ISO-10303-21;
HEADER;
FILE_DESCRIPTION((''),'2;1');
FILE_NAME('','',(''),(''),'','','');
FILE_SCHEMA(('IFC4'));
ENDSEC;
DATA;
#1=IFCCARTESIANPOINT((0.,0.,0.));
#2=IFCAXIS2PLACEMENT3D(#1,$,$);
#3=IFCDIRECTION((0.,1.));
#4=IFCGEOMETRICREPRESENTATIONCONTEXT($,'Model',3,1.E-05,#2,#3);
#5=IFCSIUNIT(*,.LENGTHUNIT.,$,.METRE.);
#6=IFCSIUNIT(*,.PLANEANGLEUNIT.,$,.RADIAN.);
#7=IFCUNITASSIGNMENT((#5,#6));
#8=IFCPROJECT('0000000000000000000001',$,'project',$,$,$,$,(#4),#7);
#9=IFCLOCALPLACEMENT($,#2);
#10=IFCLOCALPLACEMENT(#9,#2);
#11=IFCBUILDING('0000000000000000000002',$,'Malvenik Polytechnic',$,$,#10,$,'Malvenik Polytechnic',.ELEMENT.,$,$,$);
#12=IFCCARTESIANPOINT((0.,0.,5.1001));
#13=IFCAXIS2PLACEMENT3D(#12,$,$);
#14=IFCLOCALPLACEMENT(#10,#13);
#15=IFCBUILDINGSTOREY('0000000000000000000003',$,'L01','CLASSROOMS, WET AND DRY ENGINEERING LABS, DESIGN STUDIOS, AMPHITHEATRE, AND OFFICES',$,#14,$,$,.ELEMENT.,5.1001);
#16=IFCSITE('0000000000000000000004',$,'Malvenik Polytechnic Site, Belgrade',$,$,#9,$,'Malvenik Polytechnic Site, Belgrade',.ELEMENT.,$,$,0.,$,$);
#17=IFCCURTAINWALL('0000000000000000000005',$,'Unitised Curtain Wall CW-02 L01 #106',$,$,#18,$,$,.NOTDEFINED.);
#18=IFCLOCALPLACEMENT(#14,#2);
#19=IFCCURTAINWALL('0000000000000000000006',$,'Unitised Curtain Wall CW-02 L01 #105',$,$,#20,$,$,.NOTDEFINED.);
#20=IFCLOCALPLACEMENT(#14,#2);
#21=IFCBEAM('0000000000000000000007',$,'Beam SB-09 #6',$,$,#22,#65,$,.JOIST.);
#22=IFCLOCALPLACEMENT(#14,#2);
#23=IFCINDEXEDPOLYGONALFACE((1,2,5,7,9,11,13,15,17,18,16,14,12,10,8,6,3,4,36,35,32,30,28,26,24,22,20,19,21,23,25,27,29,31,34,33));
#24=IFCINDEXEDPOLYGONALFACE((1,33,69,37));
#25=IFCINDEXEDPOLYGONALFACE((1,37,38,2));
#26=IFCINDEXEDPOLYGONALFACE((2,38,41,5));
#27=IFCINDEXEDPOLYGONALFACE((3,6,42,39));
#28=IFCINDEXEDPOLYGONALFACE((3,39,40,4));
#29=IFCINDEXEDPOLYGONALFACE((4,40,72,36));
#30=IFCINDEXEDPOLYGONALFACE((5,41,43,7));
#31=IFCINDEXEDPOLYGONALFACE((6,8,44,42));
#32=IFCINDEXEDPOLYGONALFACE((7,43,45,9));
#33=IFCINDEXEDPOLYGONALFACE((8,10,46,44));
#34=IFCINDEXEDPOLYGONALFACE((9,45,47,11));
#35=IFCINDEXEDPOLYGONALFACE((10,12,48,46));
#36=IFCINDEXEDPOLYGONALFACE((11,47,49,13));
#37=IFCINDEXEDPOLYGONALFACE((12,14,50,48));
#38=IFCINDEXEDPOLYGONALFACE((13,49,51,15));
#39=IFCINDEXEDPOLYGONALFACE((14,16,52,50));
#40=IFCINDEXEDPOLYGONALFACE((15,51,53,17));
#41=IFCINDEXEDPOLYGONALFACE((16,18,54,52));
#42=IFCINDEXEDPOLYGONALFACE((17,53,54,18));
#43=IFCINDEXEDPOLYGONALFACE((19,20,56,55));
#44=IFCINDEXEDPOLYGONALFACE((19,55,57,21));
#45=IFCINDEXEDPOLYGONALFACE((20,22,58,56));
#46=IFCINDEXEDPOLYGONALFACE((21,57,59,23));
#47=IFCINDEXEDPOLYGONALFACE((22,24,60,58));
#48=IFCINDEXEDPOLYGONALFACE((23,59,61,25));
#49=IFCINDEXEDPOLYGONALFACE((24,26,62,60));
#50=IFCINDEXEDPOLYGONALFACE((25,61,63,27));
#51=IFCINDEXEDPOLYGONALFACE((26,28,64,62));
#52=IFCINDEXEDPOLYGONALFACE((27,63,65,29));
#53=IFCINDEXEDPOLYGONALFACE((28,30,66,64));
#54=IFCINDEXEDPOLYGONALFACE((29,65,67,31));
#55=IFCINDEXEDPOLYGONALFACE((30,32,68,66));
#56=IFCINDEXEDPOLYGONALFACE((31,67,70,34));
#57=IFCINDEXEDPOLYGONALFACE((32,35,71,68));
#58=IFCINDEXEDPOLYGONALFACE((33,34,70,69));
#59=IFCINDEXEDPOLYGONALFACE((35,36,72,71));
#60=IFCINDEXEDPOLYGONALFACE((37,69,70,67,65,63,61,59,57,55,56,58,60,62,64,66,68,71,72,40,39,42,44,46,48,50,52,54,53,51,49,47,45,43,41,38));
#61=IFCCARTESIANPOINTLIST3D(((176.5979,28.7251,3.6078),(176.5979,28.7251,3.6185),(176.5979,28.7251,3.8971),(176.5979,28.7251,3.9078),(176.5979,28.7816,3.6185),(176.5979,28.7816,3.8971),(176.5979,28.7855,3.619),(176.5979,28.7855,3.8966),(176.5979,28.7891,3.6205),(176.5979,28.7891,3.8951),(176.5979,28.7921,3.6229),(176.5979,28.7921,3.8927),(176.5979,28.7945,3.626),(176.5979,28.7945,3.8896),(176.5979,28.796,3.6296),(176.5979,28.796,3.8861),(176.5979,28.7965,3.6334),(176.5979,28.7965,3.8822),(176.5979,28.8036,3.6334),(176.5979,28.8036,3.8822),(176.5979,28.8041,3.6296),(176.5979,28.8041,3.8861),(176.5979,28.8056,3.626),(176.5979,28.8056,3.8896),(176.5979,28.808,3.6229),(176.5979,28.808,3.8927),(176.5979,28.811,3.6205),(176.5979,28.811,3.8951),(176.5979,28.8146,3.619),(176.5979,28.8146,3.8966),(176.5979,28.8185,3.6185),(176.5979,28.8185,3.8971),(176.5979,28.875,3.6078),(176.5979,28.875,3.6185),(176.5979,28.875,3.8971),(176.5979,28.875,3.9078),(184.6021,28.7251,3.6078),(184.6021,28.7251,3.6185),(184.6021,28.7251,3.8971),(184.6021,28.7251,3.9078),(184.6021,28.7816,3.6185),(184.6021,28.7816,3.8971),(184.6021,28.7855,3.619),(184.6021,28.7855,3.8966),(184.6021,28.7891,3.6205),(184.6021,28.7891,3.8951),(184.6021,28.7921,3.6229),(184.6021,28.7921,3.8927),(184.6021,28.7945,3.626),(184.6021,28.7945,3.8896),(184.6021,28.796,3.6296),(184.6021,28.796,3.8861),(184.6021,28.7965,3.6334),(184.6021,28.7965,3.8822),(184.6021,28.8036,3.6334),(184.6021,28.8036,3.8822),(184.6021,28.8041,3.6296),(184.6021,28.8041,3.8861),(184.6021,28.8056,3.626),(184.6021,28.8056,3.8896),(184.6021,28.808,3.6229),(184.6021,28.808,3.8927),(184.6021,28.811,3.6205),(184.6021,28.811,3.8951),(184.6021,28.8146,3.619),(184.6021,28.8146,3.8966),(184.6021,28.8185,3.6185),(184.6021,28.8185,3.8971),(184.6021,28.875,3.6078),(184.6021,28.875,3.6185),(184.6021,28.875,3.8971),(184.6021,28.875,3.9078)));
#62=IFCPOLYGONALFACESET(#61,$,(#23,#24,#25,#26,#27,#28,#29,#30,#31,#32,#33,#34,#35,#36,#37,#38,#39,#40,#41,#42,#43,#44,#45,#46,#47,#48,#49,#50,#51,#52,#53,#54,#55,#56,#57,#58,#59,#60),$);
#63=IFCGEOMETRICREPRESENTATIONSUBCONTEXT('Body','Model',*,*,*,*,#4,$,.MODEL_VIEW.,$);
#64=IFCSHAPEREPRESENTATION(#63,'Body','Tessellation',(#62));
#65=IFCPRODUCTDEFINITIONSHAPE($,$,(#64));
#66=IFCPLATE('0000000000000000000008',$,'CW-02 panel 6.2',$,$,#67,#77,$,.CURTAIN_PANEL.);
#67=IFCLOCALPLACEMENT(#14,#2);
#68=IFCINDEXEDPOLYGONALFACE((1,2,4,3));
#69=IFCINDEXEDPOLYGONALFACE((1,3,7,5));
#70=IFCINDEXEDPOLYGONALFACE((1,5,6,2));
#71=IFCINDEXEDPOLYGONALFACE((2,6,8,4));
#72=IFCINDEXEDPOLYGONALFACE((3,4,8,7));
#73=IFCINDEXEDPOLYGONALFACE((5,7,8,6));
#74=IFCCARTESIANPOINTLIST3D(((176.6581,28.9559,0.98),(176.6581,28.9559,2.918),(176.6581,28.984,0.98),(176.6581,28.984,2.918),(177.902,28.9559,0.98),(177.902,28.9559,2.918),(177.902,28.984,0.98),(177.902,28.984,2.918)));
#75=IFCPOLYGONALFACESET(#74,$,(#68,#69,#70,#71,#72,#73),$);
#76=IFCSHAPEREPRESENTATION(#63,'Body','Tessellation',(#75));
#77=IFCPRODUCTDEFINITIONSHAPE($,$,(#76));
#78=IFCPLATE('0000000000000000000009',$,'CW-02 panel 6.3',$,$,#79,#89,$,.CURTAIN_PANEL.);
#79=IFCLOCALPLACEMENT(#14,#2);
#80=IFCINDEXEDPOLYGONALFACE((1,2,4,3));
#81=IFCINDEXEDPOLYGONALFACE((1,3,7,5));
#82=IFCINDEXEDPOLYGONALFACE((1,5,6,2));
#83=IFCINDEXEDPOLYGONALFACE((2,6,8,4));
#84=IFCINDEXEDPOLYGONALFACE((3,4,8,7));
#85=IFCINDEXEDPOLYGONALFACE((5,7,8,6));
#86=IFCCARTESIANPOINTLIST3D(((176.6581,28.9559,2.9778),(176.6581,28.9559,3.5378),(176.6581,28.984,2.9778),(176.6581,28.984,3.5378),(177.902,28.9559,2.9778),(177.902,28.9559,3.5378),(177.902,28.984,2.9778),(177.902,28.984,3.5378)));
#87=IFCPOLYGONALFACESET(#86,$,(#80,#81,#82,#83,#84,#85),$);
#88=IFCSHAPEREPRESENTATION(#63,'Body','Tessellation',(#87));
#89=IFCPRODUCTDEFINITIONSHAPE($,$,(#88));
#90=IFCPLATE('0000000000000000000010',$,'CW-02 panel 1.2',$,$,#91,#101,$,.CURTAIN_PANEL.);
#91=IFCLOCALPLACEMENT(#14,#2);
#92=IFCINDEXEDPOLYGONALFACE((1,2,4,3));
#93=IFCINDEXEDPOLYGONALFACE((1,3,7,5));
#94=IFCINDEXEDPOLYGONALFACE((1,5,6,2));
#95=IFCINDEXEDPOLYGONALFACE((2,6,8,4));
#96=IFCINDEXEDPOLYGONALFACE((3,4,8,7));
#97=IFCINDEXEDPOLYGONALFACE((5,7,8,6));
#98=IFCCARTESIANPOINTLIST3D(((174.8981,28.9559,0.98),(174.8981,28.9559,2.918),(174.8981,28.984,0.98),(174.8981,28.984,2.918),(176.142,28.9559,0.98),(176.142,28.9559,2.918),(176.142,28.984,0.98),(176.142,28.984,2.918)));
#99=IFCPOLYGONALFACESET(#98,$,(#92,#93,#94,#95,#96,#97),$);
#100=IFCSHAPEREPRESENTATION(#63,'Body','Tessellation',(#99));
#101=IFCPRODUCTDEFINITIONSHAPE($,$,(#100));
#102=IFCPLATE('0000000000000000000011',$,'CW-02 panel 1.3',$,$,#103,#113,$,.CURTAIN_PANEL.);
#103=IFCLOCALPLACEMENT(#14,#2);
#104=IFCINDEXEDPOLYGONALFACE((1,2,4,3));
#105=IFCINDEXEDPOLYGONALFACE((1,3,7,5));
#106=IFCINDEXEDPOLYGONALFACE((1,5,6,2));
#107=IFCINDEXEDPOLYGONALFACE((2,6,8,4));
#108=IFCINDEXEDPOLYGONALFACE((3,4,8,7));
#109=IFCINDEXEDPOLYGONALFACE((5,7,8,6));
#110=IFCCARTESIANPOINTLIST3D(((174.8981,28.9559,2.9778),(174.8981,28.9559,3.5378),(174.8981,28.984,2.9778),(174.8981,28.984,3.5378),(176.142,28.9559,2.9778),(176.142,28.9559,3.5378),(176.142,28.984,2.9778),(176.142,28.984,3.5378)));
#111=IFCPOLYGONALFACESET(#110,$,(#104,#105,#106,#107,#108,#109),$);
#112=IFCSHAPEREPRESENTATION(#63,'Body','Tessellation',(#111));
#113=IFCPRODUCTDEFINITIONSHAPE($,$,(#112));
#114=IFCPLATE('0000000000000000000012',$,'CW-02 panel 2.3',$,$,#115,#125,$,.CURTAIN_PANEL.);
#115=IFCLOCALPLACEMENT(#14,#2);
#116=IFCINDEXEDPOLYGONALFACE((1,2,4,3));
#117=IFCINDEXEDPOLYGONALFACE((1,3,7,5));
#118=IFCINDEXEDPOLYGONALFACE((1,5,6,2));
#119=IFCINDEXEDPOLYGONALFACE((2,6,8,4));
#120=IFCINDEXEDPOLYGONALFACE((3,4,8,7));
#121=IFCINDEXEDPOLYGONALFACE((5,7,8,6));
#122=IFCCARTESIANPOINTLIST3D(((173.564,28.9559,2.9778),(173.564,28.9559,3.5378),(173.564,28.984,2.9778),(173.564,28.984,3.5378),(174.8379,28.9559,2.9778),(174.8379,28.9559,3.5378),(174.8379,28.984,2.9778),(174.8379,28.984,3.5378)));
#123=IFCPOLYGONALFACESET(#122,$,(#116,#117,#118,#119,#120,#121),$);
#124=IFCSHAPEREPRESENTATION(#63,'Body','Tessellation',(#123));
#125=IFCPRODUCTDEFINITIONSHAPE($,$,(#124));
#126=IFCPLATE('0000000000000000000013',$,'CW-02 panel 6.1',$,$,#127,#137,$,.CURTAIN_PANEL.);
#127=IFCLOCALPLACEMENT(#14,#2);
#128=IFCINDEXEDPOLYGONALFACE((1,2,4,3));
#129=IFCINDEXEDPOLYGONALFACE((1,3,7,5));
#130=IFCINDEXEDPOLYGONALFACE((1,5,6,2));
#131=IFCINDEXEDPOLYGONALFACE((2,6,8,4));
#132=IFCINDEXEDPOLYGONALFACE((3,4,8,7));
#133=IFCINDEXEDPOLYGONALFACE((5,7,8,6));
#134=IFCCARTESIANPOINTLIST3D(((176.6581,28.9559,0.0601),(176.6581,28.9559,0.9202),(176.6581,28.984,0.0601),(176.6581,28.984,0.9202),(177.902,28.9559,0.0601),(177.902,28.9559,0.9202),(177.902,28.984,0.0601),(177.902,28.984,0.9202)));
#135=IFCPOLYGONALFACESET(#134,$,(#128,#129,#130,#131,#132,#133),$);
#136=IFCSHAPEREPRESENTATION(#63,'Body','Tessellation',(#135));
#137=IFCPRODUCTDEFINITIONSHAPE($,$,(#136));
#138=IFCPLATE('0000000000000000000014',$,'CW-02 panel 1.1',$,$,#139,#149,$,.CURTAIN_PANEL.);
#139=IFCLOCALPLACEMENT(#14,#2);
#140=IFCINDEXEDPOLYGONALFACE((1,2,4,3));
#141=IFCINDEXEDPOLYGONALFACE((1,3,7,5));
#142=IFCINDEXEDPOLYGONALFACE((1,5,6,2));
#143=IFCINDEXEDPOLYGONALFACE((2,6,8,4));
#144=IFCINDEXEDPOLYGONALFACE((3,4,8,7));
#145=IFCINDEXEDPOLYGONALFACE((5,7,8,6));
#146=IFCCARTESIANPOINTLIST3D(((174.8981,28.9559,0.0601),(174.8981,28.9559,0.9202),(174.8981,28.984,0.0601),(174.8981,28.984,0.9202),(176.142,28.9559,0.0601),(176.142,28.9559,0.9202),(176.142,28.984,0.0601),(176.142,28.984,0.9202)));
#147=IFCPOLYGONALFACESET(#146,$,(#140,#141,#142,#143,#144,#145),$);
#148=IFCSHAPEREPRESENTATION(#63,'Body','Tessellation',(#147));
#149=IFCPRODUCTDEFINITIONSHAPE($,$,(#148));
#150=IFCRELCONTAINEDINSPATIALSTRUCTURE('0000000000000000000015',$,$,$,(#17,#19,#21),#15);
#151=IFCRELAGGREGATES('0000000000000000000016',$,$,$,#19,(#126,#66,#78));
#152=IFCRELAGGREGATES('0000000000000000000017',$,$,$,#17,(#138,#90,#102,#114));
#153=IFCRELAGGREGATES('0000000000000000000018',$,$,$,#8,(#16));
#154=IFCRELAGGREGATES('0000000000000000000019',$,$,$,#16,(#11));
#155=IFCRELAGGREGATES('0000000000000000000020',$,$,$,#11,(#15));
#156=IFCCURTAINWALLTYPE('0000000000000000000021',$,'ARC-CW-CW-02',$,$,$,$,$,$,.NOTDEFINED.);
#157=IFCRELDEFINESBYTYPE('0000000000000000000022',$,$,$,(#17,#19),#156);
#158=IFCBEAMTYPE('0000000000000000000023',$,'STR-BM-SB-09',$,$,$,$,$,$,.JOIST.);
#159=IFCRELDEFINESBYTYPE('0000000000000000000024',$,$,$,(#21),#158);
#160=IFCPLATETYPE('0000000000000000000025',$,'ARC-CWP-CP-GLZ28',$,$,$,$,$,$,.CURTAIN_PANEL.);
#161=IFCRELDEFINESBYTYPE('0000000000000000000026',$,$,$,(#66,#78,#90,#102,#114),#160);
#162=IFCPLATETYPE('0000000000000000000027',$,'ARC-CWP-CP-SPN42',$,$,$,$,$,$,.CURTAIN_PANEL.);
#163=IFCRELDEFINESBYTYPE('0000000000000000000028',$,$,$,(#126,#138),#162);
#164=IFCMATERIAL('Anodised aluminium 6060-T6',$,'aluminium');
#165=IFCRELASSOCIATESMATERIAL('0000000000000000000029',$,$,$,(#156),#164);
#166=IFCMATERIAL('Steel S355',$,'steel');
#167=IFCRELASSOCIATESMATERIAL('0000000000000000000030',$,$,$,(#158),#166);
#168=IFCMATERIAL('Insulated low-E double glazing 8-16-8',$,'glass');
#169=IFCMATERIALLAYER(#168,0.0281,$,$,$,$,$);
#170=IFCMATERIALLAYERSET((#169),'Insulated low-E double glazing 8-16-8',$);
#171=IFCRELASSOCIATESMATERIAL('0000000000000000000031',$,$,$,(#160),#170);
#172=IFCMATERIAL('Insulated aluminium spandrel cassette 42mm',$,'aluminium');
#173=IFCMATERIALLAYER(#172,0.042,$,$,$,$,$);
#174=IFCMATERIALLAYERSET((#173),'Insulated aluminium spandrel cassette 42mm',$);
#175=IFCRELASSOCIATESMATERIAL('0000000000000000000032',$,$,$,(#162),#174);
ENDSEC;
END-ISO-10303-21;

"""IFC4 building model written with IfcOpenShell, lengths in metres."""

from ifc_helpers import new_model, si_unit, direction, frame, origin, origin_2d, place, context, subcontext, project, spatial, rectangle, i_section, extrude, material, layer, layer_set, material_profile, profile_set, type_object, element, aggregate, save


model = new_model("IFC4")

# Units and contexts
model_context = context("Model", 3, precision=1e-05, world=origin(), true_north=direction((0.0, 1.0)))
body_context = subcontext(model_context, "Body", "Model", "MODEL_VIEW")
ifc_project = project(units=[si_unit("LENGTHUNIT", "METRE"), si_unit("PLANEANGLEUNIT", "RADIAN")], contexts=[model_context])

# Site, building, storey
site_placement = place(None, origin())
site = spatial("IfcSite", under=ifc_project, at=site_placement, Name="Malvenik Polytechnic Site, Belgrade", LongName="Malvenik Polytechnic Site, Belgrade", CompositionType="ELEMENT", RefElevation=0.0)
building_placement = place(site_placement, origin())
building = spatial("IfcBuilding", under=site, at=building_placement, Name="Malvenik Polytechnic", LongName="Malvenik Polytechnic", CompositionType="ELEMENT")
storey_placement = place(building_placement, frame((0.0, 0.0, 5.1001)))
storey = spatial("IfcBuildingStorey", under=building, at=storey_placement, Name="L01", Description="CLASSROOMS, WET AND DRY ENGINEERING LABS, DESIGN STUDIOS, AMPHITHEATRE, AND OFFICES", CompositionType="ELEMENT", Elevation=5.1001)

# Curtain wall
ifc_material_1 = material(Name="Anodised aluminium 6060-T6", Category="aluminium")
curtain_wall_type = type_object("IfcCurtainWallType", Name="ARC-CW-CW-02", PredefinedType="NOTDEFINED", material=ifc_material_1)
curtain_wall_1_placement = place(storey_placement, origin())
curtain_wall_1 = element("IfcCurtainWall", 1, at=curtain_wall_1_placement, inside=storey, type_object=curtain_wall_type, Name="Unitised Curtain Wall CW-02 L01 #106", PredefinedType="NOTDEFINED")

# Curtain wall
curtain_wall_2_placement = place(storey_placement, origin())
curtain_wall_2 = element("IfcCurtainWall", 2, at=curtain_wall_2_placement, inside=storey, type_object=curtain_wall_type, Name="Unitised Curtain Wall CW-02 L01 #105", PredefinedType="NOTDEFINED")

# Beam
ifc_material_2 = material(Name="Steel S355", Category="steel")
ifc_material_profile_1 = material_profile(ifc_material_2, i_section(OverallWidth=0.1499, OverallDepth=0.3, WebThickness=0.0071, FlangeThickness=0.0107, FilletRadius=0.0149, at=origin_2d()), Name="IPE 300")
ifc_profile_set_1 = profile_set([ifc_material_profile_1], Name="Steel S355")
beam_type = type_object("IfcBeamType", Name="STR-BM-SB-09", PredefinedType="JOIST", material=ifc_profile_set_1)
beam_placement = place(storey_placement, frame((176.5979, 28.8, 3.7578), z_axis=(1.0, 0.0, 0.0), x_axis=(0.0, 1.0, 0.0)))
element("IfcBeam", 3, at=beam_placement, inside=storey, type_object=beam_type, Name="Beam SB-09 #6", PredefinedType="JOIST", context=body_context, shape_type="SweptSolid", body=[
    extrude(i_section(OverallWidth=0.1499, OverallDepth=0.3, WebThickness=0.0071, FlangeThickness=0.0107, FilletRadius=0.0149, at=origin_2d()), origin(), (0.0, 0.0, 1.0), 8.0042),
])

# Plates
ifc_material_3 = material(Name="Insulated low-E double glazing 8-16-8", Category="glass")
ifc_layer_1 = layer(ifc_material_3, 0.0281)
ifc_layer_set_1 = layer_set([ifc_layer_1], Name="Insulated low-E double glazing 8-16-8")
plate_type_1 = type_object("IfcPlateType", Name="ARC-CWP-CP-GLZ28", PredefinedType="CURTAIN_PANEL", material=ifc_layer_set_1)
plate_1_placement = place(storey_placement, frame((177.28, 28.97, 0.98), z_axis=(0.0, 0.0, 1.0), x_axis=(-1.0, 0.0, 0.0)))
plate_1 = element("IfcPlate", 4, at=plate_1_placement, type_object=plate_type_1, Name="CW-02 panel 6.2", PredefinedType="CURTAIN_PANEL", context=body_context, shape_type="SweptSolid", body=[
    extrude(rectangle(XDim=1.2439, YDim=0.0281, at=origin_2d()), origin(), (0.0, 0.0, 1.0), 1.938),
])
plate_2_placement = place(storey_placement, frame((177.28, 28.97, 2.9778), z_axis=(0.0, 0.0, 1.0), x_axis=(-1.0, 0.0, 0.0)))
plate_2 = element("IfcPlate", 5, at=plate_2_placement, type_object=plate_type_1, Name="CW-02 panel 6.3", PredefinedType="CURTAIN_PANEL", context=body_context, shape_type="SweptSolid", body=[
    extrude(rectangle(XDim=1.2439, YDim=0.0281, at=origin_2d()), origin(), (0.0, 0.0, 1.0), 0.5601),
])
plate_3_placement = place(storey_placement, frame((175.52, 28.97, 0.98), z_axis=(0.0, 0.0, 1.0), x_axis=(-1.0, 0.0, 0.0)))
plate_3 = element("IfcPlate", 6, at=plate_3_placement, type_object=plate_type_1, Name="CW-02 panel 1.2", PredefinedType="CURTAIN_PANEL", context=body_context, shape_type="SweptSolid", body=[
    extrude(rectangle(XDim=1.2439, YDim=0.0281, at=origin_2d()), origin(), (0.0, 0.0, 1.0), 1.938),
])
plate_4_placement = place(storey_placement, frame((175.52, 28.97, 2.9778), z_axis=(0.0, 0.0, 1.0), x_axis=(-1.0, 0.0, 0.0)))
plate_4 = element("IfcPlate", 7, at=plate_4_placement, type_object=plate_type_1, Name="CW-02 panel 1.3", PredefinedType="CURTAIN_PANEL", context=body_context, shape_type="SweptSolid", body=[
    extrude(rectangle(XDim=1.2439, YDim=0.0281, at=origin_2d()), origin(), (0.0, 0.0, 1.0), 0.5601),
])
plate_5_placement = place(storey_placement, frame((174.2009, 28.97, 2.9778), z_axis=(0.0, 0.0, 1.0), x_axis=(-1.0, 0.0, 0.0)))
plate_5 = element("IfcPlate", 8, at=plate_5_placement, type_object=plate_type_1, Name="CW-02 panel 2.3", PredefinedType="CURTAIN_PANEL", context=body_context, shape_type="SweptSolid", body=[
    extrude(rectangle(XDim=1.2739, YDim=0.0281, at=origin_2d()), origin(), (0.0, 0.0, 1.0), 0.5601),
])
ifc_material_4 = material(Name="Insulated aluminium spandrel cassette 42mm", Category="aluminium")
ifc_layer_2 = layer(ifc_material_4, 0.042)
ifc_layer_set_2 = layer_set([ifc_layer_2], Name="Insulated aluminium spandrel cassette 42mm")
plate_type_2 = type_object("IfcPlateType", Name="ARC-CWP-CP-SPN42", PredefinedType="CURTAIN_PANEL", material=ifc_layer_set_2)
plate_6_placement = place(storey_placement, frame((177.28, 28.97, 0.0601), z_axis=(0.0, 0.0, 1.0), x_axis=(-1.0, 0.0, 0.0)))
plate_6 = element("IfcPlate", 9, at=plate_6_placement, type_object=plate_type_2, Name="CW-02 panel 6.1", PredefinedType="CURTAIN_PANEL", context=body_context, shape_type="SweptSolid", body=[
    extrude(rectangle(XDim=1.2439, YDim=0.0281, at=origin_2d()), origin(), (0.0, 0.0, 1.0), 0.8601),
])
aggregate(curtain_wall_2, [plate_6, plate_1, plate_2])
plate_7_placement = place(storey_placement, frame((175.52, 28.97, 0.0601), z_axis=(0.0, 0.0, 1.0), x_axis=(-1.0, 0.0, 0.0)))
plate_7 = element("IfcPlate", 10, at=plate_7_placement, type_object=plate_type_2, Name="CW-02 panel 1.1", PredefinedType="CURTAIN_PANEL", context=body_context, shape_type="SweptSolid", body=[
    extrude(rectangle(XDim=1.2439, YDim=0.0281, at=origin_2d()), origin(), (0.0, 0.0, 1.0), 0.8601),
])
aggregate(curtain_wall_1, [plate_7, plate_3, plate_4, plate_5])

save(model, "model.ifc")
